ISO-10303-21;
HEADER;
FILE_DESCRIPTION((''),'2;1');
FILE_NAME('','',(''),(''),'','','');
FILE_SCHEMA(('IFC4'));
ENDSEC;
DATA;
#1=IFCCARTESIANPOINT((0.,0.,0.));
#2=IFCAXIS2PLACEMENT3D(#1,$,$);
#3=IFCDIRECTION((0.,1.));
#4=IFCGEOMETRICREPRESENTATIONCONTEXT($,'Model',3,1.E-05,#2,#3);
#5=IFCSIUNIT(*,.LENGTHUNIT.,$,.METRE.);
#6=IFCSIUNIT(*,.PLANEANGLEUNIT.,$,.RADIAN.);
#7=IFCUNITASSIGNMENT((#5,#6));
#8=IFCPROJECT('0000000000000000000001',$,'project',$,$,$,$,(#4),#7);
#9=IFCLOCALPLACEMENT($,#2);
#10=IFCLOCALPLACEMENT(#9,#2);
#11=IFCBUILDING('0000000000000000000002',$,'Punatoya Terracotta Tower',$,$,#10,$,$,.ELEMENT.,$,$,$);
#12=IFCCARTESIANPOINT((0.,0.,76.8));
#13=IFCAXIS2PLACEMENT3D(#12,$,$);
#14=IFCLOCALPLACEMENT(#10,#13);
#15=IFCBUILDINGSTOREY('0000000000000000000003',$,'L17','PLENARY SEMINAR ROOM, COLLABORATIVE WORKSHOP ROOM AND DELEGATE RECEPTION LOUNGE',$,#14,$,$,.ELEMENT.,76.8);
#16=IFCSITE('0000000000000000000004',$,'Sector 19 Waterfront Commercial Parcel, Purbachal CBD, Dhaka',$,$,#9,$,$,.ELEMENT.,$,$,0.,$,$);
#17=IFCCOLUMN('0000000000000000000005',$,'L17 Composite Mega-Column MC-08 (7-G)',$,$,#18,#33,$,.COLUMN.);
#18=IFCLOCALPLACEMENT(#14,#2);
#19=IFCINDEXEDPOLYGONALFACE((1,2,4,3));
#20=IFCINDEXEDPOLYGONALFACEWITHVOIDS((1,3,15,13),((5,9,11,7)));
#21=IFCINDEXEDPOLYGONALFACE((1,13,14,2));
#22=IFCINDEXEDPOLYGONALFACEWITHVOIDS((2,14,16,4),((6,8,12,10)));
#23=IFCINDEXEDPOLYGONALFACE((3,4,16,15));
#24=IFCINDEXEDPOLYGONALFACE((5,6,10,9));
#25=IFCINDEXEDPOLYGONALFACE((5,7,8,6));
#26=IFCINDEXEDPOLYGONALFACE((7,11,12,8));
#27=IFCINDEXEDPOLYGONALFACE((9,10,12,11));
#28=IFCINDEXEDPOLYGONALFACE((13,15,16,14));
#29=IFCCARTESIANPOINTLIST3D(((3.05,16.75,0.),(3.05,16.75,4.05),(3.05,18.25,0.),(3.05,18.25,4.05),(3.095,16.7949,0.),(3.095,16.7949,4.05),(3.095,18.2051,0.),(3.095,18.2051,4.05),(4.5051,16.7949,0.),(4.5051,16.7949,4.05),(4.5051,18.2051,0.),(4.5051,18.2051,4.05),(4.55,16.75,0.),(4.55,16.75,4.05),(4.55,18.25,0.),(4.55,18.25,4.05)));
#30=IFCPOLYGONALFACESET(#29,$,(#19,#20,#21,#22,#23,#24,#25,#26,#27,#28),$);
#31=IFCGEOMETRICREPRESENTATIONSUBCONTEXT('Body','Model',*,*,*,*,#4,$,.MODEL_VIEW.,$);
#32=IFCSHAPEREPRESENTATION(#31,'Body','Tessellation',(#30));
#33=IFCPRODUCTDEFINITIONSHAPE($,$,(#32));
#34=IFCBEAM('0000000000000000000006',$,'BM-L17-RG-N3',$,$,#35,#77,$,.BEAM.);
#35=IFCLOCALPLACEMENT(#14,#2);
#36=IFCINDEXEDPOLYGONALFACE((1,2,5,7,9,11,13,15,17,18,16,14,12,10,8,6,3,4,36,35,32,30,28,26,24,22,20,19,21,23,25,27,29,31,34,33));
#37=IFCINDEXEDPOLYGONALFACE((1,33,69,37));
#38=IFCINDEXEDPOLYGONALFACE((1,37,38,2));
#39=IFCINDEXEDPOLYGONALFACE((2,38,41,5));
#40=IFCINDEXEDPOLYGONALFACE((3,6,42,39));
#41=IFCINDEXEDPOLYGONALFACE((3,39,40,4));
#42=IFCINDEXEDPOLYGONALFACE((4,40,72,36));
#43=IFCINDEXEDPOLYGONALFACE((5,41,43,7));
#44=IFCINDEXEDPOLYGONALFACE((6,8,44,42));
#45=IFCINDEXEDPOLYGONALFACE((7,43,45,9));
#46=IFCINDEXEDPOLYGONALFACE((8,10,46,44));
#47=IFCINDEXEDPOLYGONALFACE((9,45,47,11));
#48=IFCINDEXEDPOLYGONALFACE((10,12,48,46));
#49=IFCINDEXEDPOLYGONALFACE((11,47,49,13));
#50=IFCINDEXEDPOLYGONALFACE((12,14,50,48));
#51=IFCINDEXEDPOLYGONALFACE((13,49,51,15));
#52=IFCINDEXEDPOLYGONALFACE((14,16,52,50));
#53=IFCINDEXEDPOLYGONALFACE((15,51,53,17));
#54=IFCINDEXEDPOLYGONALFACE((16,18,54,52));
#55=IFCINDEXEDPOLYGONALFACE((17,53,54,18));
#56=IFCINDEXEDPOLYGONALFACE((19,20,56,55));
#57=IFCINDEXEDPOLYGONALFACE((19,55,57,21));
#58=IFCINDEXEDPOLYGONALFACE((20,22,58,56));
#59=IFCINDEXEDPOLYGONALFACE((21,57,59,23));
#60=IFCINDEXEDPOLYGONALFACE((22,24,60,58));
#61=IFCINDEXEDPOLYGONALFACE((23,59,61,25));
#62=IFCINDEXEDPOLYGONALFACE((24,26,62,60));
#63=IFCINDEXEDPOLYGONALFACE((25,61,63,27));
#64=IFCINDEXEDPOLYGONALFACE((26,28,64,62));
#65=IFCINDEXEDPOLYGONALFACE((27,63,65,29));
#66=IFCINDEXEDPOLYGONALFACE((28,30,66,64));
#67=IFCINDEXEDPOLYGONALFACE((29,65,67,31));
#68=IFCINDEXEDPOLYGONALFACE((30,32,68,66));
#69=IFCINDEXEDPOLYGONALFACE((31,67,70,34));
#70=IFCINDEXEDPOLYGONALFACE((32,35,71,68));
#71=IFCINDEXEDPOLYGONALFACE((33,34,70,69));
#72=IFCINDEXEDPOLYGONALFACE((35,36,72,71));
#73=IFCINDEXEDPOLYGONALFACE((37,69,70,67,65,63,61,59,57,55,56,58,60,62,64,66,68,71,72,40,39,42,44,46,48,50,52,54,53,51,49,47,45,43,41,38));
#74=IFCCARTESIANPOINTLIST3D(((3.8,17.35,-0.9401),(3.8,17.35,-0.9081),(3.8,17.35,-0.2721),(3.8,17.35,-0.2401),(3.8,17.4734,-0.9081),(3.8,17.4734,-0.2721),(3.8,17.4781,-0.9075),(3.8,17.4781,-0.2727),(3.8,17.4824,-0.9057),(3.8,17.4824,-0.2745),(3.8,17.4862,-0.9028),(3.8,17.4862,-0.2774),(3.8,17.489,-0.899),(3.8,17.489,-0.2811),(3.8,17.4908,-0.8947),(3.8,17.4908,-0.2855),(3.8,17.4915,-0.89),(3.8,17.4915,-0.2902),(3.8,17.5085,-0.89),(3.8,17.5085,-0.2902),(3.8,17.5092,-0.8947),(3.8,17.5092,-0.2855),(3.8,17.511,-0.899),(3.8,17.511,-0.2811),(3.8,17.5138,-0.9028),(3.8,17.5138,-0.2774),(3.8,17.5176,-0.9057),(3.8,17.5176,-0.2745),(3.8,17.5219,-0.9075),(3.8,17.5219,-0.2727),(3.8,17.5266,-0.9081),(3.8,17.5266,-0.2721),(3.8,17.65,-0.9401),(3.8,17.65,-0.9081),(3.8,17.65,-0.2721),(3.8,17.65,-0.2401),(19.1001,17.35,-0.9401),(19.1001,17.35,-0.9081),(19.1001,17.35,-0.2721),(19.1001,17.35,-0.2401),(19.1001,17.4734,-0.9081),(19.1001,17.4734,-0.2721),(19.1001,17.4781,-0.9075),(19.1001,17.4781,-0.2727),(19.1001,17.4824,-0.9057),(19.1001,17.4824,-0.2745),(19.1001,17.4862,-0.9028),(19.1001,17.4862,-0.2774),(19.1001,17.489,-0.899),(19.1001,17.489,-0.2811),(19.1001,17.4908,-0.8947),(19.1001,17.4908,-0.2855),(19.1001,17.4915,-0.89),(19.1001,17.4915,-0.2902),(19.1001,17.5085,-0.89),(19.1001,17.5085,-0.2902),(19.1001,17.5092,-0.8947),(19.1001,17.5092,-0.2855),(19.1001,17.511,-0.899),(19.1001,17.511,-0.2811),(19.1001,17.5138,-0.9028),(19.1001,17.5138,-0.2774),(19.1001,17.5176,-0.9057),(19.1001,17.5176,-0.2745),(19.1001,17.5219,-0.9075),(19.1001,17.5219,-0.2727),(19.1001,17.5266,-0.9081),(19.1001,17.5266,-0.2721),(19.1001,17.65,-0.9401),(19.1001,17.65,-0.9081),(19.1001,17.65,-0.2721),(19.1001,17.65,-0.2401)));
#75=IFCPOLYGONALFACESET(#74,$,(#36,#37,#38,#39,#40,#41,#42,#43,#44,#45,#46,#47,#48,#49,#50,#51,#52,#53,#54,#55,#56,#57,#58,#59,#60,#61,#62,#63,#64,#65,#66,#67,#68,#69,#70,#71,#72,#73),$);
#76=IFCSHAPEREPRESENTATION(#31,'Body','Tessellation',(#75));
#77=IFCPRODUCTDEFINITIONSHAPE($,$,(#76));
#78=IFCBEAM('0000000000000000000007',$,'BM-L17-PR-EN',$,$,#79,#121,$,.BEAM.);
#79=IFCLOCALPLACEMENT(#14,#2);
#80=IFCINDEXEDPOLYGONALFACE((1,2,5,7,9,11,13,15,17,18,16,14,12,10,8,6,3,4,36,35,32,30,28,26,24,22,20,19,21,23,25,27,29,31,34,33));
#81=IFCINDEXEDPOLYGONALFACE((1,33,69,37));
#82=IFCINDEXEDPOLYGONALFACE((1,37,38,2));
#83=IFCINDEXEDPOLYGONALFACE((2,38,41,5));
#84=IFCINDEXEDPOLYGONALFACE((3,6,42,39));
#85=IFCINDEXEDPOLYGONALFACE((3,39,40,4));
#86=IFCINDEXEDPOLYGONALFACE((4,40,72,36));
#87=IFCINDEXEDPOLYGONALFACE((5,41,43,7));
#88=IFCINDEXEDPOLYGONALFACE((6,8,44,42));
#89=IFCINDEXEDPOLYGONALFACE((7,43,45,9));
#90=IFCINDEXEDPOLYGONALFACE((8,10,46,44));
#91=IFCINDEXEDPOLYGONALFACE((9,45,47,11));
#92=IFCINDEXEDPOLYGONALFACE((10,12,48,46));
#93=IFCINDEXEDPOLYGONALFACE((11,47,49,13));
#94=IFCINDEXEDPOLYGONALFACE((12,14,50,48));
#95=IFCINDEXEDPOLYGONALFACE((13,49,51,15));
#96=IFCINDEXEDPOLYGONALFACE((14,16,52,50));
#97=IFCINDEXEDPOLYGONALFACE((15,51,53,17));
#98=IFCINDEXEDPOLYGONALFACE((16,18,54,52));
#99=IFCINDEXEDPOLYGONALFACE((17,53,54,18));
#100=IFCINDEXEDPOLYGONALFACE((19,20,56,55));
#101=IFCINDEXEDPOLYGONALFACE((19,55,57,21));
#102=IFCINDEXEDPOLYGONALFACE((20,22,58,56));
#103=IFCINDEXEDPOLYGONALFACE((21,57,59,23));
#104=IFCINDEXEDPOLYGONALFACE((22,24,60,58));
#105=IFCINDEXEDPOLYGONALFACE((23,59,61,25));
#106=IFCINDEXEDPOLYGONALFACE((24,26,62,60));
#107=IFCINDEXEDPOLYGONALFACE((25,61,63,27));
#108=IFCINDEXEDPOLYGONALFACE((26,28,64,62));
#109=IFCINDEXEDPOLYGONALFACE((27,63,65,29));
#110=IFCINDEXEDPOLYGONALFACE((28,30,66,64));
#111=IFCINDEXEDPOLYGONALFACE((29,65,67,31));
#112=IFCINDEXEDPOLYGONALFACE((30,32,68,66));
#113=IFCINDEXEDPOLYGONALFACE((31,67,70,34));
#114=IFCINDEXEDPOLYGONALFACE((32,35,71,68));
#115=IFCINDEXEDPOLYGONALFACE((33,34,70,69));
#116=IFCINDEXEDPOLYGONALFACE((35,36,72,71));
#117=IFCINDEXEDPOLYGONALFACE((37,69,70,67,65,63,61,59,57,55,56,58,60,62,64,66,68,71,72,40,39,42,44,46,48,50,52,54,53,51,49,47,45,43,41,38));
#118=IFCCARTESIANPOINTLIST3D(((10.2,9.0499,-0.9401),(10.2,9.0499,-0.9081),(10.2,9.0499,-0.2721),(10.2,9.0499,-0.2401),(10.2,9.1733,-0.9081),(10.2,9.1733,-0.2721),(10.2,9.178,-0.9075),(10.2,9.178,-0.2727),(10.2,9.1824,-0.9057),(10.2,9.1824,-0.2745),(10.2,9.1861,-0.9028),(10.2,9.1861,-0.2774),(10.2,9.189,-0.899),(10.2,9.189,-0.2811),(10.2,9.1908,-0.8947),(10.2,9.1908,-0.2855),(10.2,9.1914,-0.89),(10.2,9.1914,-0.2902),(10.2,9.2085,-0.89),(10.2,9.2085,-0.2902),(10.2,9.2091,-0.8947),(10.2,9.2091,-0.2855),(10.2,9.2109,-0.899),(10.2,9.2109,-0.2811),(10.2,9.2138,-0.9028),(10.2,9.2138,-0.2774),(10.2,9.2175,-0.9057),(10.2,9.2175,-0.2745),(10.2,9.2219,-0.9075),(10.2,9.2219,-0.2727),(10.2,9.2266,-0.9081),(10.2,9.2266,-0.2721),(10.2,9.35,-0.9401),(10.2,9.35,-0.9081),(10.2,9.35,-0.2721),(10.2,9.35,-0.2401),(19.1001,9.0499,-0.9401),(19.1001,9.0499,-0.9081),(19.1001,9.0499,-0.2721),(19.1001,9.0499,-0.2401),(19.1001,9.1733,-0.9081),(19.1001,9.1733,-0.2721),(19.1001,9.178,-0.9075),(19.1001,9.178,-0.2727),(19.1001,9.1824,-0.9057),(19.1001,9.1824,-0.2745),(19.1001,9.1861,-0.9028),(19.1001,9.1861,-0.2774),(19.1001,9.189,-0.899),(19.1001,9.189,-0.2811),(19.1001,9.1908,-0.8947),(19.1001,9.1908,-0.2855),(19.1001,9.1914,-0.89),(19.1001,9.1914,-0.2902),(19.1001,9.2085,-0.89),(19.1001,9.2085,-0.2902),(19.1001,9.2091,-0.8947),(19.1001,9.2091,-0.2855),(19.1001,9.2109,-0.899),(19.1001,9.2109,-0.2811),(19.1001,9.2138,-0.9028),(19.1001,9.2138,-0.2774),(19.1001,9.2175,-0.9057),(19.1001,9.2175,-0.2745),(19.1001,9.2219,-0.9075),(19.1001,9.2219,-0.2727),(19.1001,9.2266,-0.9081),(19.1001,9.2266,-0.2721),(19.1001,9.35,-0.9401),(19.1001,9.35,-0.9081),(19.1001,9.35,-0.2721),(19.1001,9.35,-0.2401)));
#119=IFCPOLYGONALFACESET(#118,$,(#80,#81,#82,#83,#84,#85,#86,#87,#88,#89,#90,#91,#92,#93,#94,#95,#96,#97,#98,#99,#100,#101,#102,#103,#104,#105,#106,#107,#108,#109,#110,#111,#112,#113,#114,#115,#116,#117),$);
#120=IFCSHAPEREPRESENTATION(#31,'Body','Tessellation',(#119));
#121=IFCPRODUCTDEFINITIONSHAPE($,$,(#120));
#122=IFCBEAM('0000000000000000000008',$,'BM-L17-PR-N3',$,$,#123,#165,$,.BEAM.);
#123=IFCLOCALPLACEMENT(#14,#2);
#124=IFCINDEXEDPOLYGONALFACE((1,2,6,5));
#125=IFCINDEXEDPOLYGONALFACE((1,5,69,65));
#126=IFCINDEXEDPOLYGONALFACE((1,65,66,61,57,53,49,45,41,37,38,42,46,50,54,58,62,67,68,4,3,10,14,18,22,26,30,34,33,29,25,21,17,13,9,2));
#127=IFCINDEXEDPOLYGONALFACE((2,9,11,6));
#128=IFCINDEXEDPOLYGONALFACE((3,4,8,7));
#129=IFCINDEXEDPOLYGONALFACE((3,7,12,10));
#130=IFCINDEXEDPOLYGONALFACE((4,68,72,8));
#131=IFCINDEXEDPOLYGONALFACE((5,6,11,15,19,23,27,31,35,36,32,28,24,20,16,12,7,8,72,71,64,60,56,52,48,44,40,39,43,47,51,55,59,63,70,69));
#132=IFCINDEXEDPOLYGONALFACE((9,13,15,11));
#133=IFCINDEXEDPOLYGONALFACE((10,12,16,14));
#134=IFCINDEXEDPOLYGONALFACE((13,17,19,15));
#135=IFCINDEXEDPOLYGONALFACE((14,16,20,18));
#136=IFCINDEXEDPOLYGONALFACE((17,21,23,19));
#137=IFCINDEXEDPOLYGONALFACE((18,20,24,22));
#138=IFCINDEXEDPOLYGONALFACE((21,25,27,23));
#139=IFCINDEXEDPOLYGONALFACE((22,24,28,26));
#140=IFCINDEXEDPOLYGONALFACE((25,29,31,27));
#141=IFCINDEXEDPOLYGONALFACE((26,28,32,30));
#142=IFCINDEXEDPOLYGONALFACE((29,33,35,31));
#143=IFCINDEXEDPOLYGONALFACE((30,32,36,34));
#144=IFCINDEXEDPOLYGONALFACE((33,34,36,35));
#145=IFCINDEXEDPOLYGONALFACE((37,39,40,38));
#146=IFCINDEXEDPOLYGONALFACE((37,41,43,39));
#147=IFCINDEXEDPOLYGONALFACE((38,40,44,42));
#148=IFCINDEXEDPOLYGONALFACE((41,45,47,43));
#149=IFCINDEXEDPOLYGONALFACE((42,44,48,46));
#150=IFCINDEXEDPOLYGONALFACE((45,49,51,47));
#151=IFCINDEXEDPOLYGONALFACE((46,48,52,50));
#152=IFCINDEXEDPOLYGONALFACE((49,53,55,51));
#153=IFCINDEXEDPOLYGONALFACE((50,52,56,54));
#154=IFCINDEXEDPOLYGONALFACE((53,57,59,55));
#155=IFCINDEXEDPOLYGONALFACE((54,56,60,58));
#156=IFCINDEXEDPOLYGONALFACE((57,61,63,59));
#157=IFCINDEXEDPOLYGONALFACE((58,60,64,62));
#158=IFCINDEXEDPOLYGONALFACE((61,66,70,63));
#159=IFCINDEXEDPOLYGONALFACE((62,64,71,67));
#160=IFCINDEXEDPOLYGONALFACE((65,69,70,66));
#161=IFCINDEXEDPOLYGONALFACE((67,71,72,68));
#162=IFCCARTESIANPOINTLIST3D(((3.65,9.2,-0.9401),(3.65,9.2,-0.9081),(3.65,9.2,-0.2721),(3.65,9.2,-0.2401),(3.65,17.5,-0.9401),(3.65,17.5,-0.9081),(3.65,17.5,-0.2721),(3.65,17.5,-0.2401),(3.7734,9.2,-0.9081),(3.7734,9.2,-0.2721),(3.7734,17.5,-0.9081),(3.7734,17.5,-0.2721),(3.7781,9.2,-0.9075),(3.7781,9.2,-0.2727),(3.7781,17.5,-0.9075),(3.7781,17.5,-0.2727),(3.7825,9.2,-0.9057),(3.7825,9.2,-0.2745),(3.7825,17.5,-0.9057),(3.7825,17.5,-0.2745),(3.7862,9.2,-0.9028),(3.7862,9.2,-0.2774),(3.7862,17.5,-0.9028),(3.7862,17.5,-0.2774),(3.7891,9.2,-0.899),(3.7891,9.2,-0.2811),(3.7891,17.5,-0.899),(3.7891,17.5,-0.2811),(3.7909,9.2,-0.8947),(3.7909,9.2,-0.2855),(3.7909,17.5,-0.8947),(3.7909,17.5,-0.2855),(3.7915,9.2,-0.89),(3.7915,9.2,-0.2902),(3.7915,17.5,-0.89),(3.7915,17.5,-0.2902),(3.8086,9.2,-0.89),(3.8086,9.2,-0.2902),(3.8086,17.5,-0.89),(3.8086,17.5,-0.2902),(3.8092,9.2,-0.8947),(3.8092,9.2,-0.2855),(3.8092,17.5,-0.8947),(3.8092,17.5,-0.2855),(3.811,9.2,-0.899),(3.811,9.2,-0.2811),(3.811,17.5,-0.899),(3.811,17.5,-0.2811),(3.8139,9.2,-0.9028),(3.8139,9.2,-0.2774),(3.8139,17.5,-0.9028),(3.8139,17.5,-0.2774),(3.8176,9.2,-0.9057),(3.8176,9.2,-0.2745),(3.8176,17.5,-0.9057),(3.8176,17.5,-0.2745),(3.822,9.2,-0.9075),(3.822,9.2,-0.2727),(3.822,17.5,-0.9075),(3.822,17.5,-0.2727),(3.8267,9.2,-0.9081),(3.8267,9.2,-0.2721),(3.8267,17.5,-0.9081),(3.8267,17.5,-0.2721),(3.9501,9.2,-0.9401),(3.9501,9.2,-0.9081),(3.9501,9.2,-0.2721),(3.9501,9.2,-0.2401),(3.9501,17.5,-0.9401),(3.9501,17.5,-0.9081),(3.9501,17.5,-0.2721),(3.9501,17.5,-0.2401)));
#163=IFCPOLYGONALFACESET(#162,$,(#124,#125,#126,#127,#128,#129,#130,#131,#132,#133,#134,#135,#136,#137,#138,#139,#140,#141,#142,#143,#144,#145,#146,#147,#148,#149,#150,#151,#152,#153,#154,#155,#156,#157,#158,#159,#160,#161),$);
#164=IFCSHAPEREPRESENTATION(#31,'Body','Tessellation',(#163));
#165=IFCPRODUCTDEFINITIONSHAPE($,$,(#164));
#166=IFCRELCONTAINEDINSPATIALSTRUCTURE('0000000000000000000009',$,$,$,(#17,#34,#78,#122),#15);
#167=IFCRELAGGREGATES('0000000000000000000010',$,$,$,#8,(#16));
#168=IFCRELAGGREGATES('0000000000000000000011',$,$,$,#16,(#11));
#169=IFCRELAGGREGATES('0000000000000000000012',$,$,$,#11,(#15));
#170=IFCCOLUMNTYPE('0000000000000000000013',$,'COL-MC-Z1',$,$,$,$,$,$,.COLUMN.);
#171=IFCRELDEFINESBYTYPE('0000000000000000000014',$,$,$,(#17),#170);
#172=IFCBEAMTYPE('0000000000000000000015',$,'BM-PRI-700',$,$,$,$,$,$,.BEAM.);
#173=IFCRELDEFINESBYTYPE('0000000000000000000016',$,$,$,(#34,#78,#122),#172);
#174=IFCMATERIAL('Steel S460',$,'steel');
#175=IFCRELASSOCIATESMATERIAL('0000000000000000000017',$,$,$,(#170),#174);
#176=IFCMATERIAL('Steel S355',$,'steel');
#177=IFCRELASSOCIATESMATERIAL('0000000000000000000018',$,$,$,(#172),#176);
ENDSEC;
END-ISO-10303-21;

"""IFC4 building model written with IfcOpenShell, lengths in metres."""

from ifc_helpers import new_model, si_unit, direction, frame, origin, origin_2d, place, context, subcontext, project, spatial, hollow_rectangle, i_section, extrude, material, material_profile, profile_set, type_object, element, save


model = new_model("IFC4")

# Units and contexts
model_context = context("Model", 3, precision=1e-05, world=origin(), true_north=direction((0.0, 1.0)))
body_context = subcontext(model_context, "Body", "Model", "MODEL_VIEW")
ifc_project = project(units=[si_unit("LENGTHUNIT", "METRE"), si_unit("PLANEANGLEUNIT", "RADIAN")], contexts=[model_context])

# Site, building, storey
site_placement = place(None, origin())
site = spatial("IfcSite", under=ifc_project, at=site_placement, Name="Sector 19 Waterfront Commercial Parcel, Purbachal CBD, Dhaka", CompositionType="ELEMENT", RefElevation=0.0)
building_placement = place(site_placement, origin())
building = spatial("IfcBuilding", under=site, at=building_placement, Name="Punatoya Terracotta Tower", CompositionType="ELEMENT")
storey_placement = place(building_placement, frame((0.0, 0.0, 76.8)))
storey = spatial("IfcBuildingStorey", under=building, at=storey_placement, Name="L17", Description="PLENARY SEMINAR ROOM, COLLABORATIVE WORKSHOP ROOM AND DELEGATE RECEPTION LOUNGE", CompositionType="ELEMENT", Elevation=76.8)

# Column
ifc_material_1 = material(Name="Steel S460", Category="steel")
ifc_material_profile_1 = material_profile(ifc_material_1, hollow_rectangle(XDim=1.5, YDim=1.5, WallThickness=0.0449, at=origin_2d()))
ifc_profile_set_1 = profile_set([ifc_material_profile_1], Name="Steel S460")
column_type = type_object("IfcColumnType", Name="COL-MC-Z1", PredefinedType="COLUMN", material=ifc_profile_set_1)
column_placement = place(storey_placement, frame((3.8, 17.5, 0.0), z_axis=(0.0, 0.0, 1.0), x_axis=(1.0, 0.0, 0.0)))
element("IfcColumn", 1, at=column_placement, inside=storey, type_object=column_type, Name="L17 Composite Mega-Column MC-08 (7-G)", PredefinedType="COLUMN", context=body_context, shape_type="SweptSolid", body=[
    extrude(hollow_rectangle(XDim=1.5, YDim=1.5, WallThickness=0.0449, at=origin_2d()), origin(), (0.0, 0.0, 1.0), 4.05),
])

# Beams
ifc_material_2 = material(Name="Steel S355", Category="steel")
ifc_material_profile_2 = material_profile(ifc_material_2, i_section(OverallWidth=0.3, OverallDepth=0.7, WebThickness=0.0171, FlangeThickness=0.032, FilletRadius=0.0181, at=origin_2d()))
ifc_profile_set_2 = profile_set([ifc_material_profile_2], Name="Steel S355")
beam_type_1 = type_object("IfcBeamType", Name="BM-PRI-700", PredefinedType="BEAM", material=ifc_profile_set_2)
beam_1_placement = place(storey_placement, frame((3.8, 17.5, -0.5901), z_axis=(1.0, 0.0, 0.0), x_axis=(0.0, 1.0, 0.0)))
element("IfcBeam", 2, at=beam_1_placement, inside=storey, type_object=beam_type_1, Name="BM-L17-RG-N3", PredefinedType="BEAM", context=body_context, shape_type="SweptSolid", body=[
    extrude(i_section(OverallWidth=0.3, OverallDepth=0.7, WebThickness=0.0171, FlangeThickness=0.032, FilletRadius=0.0181, at=origin_2d()), origin(), (0.0, 0.0, 1.0), 15.3),
])
beam_2_placement = place(storey_placement, frame((10.2, 9.2, -0.5901), z_axis=(1.0, 0.0, 0.0), x_axis=(0.0, 1.0, 0.0)))
element("IfcBeam", 3, at=beam_2_placement, inside=storey, type_object=beam_type_1, Name="BM-L17-PR-EN", PredefinedType="BEAM", context=body_context, shape_type="SweptSolid", body=[
    extrude(i_section(OverallWidth=0.3, OverallDepth=0.7, WebThickness=0.0171, FlangeThickness=0.032, FilletRadius=0.0181, at=origin_2d()), origin(), (0.0, 0.0, 1.0), 8.9001),
])
for number, where, z_axis, x_axis, name in (
    (4, (3.8, 9.2, -0.5901), (0.0, 1.0, 0.0), (-1.0, 0.0, 0.0), "BM-L17-PR-N3"),
):
    element("IfcBeam", number, at=place(storey_placement, frame(where, z_axis=z_axis, x_axis=x_axis)), inside=storey, type_object=beam_type_1, Name=name, PredefinedType="BEAM", context=body_context, shape_type="SweptSolid", body=[
        extrude(i_section(OverallWidth=0.3, OverallDepth=0.7, WebThickness=0.0171, FlangeThickness=0.032, FilletRadius=0.0181, at=origin_2d()), origin(), (0.0, 0.0, 1.0), 8.3),
    ])

save(model, "model.ifc")
